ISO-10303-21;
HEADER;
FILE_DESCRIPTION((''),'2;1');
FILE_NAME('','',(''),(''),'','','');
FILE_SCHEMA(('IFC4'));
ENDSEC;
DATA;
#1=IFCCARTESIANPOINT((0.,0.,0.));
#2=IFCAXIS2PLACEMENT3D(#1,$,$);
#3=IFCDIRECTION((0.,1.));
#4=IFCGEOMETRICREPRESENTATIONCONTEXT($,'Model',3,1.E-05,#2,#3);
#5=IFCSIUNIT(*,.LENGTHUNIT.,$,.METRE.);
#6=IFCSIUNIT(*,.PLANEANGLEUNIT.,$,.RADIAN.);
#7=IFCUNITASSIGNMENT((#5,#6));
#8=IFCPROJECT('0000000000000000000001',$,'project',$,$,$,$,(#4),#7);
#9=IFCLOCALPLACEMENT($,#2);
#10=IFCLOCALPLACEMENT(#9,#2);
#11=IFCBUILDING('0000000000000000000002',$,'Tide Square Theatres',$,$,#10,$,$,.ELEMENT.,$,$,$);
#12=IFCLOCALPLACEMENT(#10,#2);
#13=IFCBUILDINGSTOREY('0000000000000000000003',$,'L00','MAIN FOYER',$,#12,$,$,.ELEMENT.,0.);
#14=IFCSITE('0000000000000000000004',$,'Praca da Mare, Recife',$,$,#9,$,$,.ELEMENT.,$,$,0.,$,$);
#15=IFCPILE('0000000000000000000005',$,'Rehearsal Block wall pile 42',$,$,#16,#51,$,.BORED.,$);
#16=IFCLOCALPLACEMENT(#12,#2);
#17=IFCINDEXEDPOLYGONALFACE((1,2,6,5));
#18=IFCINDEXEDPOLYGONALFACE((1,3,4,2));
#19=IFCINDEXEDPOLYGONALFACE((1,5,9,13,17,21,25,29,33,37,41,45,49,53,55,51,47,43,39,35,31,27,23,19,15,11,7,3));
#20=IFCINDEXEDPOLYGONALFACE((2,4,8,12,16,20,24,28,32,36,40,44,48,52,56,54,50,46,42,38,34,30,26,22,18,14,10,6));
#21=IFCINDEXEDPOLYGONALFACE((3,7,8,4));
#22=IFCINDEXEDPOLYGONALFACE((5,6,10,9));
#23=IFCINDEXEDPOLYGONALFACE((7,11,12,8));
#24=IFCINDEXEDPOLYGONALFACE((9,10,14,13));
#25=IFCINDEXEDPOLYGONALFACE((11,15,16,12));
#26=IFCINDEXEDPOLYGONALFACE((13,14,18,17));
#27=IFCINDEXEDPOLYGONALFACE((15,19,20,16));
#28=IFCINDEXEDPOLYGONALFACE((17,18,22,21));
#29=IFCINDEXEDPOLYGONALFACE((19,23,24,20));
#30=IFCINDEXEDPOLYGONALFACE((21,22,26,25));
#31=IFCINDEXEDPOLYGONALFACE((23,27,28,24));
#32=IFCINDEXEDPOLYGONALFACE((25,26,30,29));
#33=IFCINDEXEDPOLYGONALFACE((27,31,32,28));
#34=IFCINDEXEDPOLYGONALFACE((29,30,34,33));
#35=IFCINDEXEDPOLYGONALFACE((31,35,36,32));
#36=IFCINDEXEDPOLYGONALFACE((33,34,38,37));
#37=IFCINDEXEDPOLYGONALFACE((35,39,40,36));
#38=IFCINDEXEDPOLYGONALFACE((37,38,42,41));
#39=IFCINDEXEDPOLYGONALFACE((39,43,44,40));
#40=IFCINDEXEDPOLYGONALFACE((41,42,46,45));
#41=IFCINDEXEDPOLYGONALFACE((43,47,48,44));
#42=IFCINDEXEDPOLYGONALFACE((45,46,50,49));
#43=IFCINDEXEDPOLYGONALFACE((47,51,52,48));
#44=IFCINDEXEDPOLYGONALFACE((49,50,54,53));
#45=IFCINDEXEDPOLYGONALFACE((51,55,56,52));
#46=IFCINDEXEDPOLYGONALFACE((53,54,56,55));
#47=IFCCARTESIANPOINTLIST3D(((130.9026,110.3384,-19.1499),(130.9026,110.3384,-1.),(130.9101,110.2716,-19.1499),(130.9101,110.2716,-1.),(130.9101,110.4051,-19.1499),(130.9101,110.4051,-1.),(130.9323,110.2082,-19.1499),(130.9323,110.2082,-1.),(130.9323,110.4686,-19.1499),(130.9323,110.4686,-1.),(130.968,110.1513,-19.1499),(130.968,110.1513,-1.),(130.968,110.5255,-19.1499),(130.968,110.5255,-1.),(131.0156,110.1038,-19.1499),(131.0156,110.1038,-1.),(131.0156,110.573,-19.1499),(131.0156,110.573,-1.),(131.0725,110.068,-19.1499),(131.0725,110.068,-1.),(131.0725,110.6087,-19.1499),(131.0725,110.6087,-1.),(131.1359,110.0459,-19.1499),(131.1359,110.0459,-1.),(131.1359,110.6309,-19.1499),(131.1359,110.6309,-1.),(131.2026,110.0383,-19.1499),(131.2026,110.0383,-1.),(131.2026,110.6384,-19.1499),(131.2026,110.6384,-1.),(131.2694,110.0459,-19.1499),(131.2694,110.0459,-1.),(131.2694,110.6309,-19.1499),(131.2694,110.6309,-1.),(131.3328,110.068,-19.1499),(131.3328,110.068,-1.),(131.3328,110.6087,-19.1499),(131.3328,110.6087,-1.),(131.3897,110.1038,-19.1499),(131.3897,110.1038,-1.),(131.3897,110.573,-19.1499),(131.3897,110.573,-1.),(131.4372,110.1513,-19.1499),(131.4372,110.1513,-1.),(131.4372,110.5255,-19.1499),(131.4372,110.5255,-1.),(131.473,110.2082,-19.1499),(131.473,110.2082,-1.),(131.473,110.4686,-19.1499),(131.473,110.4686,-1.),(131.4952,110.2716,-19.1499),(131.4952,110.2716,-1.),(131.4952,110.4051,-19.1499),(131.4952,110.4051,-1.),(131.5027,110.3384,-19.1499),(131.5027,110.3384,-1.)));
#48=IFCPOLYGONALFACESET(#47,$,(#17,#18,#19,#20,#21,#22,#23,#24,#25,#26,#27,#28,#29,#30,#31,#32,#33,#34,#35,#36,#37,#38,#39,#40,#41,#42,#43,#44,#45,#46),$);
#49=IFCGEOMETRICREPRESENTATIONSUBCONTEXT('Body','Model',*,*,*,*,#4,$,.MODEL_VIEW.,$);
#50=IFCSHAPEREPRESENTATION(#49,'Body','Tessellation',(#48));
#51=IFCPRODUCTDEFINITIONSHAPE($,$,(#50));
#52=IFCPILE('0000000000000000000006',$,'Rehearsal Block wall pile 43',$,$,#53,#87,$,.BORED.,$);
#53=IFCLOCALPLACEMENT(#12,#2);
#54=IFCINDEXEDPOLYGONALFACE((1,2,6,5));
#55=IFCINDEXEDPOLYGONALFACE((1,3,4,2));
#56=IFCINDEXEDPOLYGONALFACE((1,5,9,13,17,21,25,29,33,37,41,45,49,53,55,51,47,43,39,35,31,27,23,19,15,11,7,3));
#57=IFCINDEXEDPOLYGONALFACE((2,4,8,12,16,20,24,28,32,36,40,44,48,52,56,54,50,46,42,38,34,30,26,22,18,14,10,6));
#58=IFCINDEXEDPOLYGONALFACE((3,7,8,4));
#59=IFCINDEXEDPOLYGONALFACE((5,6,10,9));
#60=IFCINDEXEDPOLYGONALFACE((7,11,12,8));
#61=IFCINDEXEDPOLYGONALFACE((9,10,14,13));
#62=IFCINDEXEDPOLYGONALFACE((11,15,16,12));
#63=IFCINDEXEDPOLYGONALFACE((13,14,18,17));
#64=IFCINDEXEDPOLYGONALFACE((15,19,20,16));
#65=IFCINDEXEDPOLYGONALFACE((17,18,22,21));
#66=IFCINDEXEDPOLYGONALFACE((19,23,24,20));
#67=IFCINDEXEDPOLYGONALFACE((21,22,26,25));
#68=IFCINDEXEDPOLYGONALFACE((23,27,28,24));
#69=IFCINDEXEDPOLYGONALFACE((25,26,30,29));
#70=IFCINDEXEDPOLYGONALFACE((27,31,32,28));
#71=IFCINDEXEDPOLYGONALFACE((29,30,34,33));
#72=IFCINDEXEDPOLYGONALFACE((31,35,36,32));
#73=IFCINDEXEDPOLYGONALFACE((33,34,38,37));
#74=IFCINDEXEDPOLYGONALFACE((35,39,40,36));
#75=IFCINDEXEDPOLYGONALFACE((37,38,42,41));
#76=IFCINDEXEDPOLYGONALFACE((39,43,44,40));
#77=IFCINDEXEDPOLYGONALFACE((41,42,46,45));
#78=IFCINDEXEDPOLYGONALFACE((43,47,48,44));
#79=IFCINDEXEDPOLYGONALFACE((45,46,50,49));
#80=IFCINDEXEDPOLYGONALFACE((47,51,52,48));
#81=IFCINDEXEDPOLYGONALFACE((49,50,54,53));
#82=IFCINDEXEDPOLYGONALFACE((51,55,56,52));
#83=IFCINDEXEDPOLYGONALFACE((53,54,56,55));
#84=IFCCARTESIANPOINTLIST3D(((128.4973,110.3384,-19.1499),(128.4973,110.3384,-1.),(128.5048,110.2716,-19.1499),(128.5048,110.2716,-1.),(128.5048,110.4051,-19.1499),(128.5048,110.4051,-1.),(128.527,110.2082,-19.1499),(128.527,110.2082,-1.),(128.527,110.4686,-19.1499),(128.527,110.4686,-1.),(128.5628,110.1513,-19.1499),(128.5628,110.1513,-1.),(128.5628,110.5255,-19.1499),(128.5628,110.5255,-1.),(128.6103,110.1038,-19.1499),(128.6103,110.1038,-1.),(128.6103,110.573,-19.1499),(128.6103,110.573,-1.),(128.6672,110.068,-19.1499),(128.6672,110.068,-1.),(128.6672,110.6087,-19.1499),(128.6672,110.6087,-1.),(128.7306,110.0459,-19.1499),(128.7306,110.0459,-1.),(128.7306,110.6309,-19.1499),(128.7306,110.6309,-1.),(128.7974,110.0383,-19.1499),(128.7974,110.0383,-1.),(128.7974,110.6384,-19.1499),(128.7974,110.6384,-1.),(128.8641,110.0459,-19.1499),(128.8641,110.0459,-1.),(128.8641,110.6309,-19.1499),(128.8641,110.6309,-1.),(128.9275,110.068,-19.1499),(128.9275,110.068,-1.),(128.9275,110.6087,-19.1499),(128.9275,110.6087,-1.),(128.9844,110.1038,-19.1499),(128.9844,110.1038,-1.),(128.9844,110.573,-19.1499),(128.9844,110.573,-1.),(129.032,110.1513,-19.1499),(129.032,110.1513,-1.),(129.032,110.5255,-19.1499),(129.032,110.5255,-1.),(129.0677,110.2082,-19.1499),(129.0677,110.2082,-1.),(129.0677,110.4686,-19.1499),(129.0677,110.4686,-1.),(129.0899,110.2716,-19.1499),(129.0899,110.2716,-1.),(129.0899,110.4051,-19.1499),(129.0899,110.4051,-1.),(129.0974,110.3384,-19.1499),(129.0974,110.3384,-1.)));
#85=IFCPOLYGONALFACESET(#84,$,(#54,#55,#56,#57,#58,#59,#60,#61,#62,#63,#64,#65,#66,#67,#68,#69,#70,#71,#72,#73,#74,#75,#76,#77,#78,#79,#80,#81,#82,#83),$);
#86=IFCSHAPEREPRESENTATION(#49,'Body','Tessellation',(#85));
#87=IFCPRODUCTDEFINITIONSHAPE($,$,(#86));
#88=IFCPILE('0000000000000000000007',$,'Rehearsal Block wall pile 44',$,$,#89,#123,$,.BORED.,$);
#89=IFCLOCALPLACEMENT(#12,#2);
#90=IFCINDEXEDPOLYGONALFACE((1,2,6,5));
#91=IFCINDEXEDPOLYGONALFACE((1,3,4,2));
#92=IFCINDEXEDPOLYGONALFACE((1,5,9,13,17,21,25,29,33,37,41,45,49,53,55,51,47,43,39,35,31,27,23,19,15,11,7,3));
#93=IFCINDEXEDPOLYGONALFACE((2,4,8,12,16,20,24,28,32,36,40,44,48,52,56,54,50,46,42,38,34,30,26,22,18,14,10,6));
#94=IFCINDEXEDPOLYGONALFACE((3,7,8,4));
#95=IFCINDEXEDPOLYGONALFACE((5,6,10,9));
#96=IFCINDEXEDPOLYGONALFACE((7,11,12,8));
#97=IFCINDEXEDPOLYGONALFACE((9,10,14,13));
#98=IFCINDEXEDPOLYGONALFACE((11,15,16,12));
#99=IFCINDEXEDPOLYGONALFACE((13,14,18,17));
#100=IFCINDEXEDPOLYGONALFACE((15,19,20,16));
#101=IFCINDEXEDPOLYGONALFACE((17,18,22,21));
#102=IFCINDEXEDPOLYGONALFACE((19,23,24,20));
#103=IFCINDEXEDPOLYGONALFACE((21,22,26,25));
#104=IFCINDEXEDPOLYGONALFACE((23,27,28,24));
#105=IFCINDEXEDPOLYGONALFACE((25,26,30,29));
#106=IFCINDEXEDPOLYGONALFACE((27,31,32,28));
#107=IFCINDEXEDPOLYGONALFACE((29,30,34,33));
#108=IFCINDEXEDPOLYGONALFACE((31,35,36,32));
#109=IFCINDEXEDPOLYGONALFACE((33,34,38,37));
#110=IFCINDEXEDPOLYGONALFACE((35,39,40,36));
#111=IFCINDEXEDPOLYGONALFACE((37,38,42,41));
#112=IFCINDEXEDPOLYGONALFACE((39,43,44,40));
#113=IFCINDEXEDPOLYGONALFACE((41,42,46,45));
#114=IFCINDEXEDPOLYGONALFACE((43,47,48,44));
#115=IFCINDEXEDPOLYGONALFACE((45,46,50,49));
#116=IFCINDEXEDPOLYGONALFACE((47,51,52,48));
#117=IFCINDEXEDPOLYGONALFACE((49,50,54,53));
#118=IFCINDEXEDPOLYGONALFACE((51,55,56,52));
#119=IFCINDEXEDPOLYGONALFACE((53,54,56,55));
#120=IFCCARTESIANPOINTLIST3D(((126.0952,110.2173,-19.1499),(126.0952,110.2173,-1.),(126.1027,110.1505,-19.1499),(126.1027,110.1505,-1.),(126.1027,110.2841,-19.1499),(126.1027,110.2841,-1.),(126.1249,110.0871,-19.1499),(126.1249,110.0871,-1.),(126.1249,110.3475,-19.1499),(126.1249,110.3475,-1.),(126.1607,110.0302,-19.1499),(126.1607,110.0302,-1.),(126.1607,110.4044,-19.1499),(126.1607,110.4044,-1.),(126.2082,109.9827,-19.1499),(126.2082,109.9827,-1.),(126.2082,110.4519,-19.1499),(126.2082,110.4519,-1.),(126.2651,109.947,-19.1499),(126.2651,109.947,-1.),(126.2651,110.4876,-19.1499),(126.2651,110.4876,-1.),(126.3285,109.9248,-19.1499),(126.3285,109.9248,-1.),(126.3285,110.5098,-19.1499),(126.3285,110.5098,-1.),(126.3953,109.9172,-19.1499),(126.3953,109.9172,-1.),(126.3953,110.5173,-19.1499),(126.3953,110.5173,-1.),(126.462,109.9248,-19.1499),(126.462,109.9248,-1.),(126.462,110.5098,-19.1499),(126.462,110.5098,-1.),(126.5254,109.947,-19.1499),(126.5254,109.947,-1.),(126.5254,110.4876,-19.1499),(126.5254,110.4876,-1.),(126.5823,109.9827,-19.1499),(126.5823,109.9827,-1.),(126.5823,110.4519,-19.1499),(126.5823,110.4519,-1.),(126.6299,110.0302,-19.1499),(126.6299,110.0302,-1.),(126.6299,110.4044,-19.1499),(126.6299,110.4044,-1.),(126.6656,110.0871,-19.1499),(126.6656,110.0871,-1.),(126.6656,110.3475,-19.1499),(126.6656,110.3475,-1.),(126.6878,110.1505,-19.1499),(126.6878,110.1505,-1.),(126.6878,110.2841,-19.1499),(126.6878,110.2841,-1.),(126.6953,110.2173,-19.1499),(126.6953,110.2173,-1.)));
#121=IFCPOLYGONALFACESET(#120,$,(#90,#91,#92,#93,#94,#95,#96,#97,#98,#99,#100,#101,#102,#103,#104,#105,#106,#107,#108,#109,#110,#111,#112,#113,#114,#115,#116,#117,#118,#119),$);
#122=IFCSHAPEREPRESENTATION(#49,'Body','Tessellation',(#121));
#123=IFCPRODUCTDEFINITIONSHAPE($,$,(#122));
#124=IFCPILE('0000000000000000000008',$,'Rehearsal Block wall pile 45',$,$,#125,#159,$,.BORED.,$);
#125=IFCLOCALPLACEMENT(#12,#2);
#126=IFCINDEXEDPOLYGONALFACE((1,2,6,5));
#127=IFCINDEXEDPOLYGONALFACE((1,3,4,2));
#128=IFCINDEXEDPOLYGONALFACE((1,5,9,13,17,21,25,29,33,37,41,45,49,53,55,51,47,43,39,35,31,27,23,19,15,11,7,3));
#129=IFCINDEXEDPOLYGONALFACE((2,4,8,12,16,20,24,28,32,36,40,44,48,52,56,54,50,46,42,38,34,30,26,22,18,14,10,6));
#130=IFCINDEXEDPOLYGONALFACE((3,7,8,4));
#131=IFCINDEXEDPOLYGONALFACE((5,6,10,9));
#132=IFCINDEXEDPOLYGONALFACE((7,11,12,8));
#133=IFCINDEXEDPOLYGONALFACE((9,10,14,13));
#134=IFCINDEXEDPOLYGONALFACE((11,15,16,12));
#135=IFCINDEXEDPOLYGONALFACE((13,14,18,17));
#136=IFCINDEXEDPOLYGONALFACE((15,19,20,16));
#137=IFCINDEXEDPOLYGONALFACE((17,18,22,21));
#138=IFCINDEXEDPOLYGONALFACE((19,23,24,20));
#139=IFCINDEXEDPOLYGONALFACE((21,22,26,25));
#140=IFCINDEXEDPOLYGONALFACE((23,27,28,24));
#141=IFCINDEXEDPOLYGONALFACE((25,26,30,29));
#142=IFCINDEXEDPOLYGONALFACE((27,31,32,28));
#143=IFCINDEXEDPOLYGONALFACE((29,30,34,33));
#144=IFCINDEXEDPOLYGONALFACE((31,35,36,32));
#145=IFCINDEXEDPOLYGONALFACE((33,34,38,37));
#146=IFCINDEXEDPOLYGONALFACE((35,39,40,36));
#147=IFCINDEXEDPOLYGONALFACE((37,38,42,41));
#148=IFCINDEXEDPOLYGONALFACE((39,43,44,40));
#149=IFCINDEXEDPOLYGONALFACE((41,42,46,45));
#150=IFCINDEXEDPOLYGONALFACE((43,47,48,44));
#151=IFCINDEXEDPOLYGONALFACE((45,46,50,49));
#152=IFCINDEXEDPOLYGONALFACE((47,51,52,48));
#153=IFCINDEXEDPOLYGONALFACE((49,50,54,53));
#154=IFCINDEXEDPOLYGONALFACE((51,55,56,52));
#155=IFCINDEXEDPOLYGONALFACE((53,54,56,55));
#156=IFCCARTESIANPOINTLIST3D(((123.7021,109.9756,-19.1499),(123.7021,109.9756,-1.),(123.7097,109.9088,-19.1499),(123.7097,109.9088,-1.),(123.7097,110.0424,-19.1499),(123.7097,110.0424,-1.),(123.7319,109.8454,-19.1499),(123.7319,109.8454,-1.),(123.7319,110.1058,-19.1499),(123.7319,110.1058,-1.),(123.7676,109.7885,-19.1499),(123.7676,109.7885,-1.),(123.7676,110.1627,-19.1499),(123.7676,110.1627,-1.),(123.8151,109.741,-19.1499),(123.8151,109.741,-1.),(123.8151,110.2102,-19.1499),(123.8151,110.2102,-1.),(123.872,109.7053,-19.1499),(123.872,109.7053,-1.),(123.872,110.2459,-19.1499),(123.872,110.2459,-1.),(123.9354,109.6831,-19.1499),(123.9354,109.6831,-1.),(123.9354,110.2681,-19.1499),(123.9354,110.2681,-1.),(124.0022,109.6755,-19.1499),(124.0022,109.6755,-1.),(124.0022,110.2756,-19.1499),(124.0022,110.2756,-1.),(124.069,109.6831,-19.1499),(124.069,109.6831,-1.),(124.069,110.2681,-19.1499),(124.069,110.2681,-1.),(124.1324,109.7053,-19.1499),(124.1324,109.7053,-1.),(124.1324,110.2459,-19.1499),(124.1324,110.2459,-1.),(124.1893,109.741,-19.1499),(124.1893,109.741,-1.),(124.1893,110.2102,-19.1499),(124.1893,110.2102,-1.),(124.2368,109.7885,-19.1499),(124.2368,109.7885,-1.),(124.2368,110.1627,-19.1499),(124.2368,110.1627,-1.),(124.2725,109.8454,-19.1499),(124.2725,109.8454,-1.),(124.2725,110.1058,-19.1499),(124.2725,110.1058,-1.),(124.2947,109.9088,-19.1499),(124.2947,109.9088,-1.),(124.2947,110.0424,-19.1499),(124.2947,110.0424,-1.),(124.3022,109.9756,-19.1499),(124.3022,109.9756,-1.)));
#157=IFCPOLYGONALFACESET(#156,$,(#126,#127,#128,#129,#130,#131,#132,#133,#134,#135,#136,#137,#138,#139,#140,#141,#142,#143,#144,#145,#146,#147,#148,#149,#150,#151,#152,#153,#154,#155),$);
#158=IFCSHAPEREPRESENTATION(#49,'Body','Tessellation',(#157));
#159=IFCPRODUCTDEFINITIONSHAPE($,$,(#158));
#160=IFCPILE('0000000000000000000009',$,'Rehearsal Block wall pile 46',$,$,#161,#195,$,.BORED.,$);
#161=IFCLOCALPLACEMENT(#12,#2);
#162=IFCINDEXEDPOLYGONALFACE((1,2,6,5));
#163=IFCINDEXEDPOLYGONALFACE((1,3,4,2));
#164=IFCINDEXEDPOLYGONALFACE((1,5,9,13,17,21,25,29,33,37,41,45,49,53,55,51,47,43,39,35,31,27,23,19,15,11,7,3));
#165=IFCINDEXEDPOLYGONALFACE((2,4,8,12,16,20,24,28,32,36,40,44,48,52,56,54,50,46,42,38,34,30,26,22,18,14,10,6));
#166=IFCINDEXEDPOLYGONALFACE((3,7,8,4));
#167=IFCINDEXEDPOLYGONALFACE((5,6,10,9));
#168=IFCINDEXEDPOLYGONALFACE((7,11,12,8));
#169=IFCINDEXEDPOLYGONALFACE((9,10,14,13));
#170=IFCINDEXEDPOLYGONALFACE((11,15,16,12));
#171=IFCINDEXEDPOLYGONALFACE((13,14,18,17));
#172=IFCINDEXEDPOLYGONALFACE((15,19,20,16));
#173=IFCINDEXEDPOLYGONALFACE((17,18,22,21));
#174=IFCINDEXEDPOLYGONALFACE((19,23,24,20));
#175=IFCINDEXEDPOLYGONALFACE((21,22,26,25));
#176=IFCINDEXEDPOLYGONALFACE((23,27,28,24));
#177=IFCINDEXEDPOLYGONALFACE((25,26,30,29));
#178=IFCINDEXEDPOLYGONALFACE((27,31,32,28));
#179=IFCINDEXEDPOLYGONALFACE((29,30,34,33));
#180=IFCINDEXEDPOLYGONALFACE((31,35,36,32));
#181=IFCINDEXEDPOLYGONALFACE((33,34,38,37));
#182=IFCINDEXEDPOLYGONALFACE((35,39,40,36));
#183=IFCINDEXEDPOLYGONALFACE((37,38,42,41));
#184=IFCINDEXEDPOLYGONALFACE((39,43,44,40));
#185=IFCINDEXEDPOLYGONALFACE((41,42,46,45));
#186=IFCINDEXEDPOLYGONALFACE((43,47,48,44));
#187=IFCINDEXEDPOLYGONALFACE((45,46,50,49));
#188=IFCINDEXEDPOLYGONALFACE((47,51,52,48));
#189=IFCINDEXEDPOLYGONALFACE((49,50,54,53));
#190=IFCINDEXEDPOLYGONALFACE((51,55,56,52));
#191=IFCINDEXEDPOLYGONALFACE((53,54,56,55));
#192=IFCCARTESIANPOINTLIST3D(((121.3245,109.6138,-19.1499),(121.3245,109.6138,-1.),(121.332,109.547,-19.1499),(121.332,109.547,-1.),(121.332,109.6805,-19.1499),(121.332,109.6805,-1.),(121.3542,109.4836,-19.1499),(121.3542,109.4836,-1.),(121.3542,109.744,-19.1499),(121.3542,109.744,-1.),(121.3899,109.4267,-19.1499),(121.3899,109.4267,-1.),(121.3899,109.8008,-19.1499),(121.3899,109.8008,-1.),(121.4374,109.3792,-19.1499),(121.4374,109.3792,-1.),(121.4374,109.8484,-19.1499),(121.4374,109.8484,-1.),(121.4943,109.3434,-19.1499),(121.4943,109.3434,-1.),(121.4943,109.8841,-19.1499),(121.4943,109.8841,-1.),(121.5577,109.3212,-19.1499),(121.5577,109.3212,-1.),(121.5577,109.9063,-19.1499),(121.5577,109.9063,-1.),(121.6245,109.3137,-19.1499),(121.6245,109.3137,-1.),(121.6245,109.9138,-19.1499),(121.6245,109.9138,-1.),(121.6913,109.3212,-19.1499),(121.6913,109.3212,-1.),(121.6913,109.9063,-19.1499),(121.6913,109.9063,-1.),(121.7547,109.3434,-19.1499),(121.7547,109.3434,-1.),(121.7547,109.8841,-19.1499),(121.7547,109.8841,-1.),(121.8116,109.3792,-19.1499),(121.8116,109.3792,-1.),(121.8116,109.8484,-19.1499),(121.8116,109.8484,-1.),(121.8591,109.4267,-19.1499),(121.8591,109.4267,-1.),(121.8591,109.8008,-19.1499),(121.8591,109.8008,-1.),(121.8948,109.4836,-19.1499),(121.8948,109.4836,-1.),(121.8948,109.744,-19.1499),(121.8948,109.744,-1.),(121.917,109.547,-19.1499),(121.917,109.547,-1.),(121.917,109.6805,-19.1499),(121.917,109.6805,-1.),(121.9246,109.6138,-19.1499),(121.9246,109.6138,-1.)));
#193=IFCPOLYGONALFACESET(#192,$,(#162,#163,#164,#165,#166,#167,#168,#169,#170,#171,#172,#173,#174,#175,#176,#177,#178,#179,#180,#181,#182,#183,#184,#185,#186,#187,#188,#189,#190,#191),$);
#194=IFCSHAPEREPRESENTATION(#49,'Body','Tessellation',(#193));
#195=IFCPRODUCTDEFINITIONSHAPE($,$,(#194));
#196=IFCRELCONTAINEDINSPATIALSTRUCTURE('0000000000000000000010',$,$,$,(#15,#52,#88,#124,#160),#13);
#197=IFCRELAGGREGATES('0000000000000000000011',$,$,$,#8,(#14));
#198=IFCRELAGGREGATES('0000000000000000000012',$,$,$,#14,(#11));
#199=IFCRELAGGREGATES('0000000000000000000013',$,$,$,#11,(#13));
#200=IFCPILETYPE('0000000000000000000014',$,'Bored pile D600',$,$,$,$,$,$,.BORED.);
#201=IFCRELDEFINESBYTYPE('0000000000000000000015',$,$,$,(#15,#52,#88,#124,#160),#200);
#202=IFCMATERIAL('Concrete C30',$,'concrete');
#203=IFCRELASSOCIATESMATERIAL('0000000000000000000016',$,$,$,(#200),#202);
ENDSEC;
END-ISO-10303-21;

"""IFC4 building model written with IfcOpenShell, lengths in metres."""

from ifc_helpers import new_model, si_unit, direction, frame, origin, origin_2d, place, context, subcontext, project, spatial, circle, extrude, material, material_profile, profile_set, type_object, element, save


model = new_model("IFC4")

# Units and contexts
model_context = context("Model", 3, precision=1e-05, world=origin(), true_north=direction((0.0, 1.0)))
body_context = subcontext(model_context, "Body", "Model", "MODEL_VIEW")
ifc_project = project(units=[si_unit("LENGTHUNIT", "METRE"), si_unit("PLANEANGLEUNIT", "RADIAN")], contexts=[model_context])

# Site, building, storey
site_placement = place(None, origin())
site = spatial("IfcSite", under=ifc_project, at=site_placement, Name="Praca da Mare, Recife", CompositionType="ELEMENT", RefElevation=0.0)
building_placement = place(site_placement, origin())
building = spatial("IfcBuilding", under=site, at=building_placement, Name="Tide Square Theatres", CompositionType="ELEMENT")
storey_placement = place(building_placement, origin())
storey = spatial("IfcBuildingStorey", under=building, at=storey_placement, Name="L00", Description="MAIN FOYER", CompositionType="ELEMENT", Elevation=0.0)

# Piles
ifc_material_1 = material(Name="Concrete C30", Category="concrete")
ifc_material_profile_1 = material_profile(ifc_material_1, circle(Radius=0.3, at=origin_2d()))
ifc_profile_set_1 = profile_set([ifc_material_profile_1], Name="Concrete C30")
pile_type = type_object("IfcPileType", Name="Bored pile D600", PredefinedType="BORED", material=ifc_profile_set_1)
for number, where, z_axis, x_axis, name in (
    (1, (131.2026, 110.3384, -1.0), (0.0, 0.0, -1.0), (1.0, 0.0, 0.0), "Rehearsal Block wall pile 42"),
    (2, (128.7974, 110.3384, -1.0), (0.0, 0.0, -1.0), (1.0, 0.0, 0.0), "Rehearsal Block wall pile 43"),
    (3, (126.3953, 110.2173, -1.0), (0.0, 0.0, -1.0), (1.0, 0.0, 0.0), "Rehearsal Block wall pile 44"),
    (4, (124.0022, 109.9756, -1.0), (0.0, 0.0, -1.0), (1.0, 0.0, 0.0), "Rehearsal Block wall pile 45"),
    (5, (121.6245, 109.6138, -1.0), (0.0, 0.0, -1.0), (1.0, 0.0, 0.0), "Rehearsal Block wall pile 46"),
):
    element("IfcPile", number, at=place(storey_placement, frame(where, z_axis=z_axis, x_axis=x_axis)), inside=storey, type_object=pile_type, Name=name, PredefinedType="BORED", context=body_context, shape_type="SweptSolid", body=[
        extrude(circle(Radius=0.3, at=origin_2d()), origin(), (0.0, 0.0, 1.0), 18.1499),
    ])

save(model, "model.ifc")
